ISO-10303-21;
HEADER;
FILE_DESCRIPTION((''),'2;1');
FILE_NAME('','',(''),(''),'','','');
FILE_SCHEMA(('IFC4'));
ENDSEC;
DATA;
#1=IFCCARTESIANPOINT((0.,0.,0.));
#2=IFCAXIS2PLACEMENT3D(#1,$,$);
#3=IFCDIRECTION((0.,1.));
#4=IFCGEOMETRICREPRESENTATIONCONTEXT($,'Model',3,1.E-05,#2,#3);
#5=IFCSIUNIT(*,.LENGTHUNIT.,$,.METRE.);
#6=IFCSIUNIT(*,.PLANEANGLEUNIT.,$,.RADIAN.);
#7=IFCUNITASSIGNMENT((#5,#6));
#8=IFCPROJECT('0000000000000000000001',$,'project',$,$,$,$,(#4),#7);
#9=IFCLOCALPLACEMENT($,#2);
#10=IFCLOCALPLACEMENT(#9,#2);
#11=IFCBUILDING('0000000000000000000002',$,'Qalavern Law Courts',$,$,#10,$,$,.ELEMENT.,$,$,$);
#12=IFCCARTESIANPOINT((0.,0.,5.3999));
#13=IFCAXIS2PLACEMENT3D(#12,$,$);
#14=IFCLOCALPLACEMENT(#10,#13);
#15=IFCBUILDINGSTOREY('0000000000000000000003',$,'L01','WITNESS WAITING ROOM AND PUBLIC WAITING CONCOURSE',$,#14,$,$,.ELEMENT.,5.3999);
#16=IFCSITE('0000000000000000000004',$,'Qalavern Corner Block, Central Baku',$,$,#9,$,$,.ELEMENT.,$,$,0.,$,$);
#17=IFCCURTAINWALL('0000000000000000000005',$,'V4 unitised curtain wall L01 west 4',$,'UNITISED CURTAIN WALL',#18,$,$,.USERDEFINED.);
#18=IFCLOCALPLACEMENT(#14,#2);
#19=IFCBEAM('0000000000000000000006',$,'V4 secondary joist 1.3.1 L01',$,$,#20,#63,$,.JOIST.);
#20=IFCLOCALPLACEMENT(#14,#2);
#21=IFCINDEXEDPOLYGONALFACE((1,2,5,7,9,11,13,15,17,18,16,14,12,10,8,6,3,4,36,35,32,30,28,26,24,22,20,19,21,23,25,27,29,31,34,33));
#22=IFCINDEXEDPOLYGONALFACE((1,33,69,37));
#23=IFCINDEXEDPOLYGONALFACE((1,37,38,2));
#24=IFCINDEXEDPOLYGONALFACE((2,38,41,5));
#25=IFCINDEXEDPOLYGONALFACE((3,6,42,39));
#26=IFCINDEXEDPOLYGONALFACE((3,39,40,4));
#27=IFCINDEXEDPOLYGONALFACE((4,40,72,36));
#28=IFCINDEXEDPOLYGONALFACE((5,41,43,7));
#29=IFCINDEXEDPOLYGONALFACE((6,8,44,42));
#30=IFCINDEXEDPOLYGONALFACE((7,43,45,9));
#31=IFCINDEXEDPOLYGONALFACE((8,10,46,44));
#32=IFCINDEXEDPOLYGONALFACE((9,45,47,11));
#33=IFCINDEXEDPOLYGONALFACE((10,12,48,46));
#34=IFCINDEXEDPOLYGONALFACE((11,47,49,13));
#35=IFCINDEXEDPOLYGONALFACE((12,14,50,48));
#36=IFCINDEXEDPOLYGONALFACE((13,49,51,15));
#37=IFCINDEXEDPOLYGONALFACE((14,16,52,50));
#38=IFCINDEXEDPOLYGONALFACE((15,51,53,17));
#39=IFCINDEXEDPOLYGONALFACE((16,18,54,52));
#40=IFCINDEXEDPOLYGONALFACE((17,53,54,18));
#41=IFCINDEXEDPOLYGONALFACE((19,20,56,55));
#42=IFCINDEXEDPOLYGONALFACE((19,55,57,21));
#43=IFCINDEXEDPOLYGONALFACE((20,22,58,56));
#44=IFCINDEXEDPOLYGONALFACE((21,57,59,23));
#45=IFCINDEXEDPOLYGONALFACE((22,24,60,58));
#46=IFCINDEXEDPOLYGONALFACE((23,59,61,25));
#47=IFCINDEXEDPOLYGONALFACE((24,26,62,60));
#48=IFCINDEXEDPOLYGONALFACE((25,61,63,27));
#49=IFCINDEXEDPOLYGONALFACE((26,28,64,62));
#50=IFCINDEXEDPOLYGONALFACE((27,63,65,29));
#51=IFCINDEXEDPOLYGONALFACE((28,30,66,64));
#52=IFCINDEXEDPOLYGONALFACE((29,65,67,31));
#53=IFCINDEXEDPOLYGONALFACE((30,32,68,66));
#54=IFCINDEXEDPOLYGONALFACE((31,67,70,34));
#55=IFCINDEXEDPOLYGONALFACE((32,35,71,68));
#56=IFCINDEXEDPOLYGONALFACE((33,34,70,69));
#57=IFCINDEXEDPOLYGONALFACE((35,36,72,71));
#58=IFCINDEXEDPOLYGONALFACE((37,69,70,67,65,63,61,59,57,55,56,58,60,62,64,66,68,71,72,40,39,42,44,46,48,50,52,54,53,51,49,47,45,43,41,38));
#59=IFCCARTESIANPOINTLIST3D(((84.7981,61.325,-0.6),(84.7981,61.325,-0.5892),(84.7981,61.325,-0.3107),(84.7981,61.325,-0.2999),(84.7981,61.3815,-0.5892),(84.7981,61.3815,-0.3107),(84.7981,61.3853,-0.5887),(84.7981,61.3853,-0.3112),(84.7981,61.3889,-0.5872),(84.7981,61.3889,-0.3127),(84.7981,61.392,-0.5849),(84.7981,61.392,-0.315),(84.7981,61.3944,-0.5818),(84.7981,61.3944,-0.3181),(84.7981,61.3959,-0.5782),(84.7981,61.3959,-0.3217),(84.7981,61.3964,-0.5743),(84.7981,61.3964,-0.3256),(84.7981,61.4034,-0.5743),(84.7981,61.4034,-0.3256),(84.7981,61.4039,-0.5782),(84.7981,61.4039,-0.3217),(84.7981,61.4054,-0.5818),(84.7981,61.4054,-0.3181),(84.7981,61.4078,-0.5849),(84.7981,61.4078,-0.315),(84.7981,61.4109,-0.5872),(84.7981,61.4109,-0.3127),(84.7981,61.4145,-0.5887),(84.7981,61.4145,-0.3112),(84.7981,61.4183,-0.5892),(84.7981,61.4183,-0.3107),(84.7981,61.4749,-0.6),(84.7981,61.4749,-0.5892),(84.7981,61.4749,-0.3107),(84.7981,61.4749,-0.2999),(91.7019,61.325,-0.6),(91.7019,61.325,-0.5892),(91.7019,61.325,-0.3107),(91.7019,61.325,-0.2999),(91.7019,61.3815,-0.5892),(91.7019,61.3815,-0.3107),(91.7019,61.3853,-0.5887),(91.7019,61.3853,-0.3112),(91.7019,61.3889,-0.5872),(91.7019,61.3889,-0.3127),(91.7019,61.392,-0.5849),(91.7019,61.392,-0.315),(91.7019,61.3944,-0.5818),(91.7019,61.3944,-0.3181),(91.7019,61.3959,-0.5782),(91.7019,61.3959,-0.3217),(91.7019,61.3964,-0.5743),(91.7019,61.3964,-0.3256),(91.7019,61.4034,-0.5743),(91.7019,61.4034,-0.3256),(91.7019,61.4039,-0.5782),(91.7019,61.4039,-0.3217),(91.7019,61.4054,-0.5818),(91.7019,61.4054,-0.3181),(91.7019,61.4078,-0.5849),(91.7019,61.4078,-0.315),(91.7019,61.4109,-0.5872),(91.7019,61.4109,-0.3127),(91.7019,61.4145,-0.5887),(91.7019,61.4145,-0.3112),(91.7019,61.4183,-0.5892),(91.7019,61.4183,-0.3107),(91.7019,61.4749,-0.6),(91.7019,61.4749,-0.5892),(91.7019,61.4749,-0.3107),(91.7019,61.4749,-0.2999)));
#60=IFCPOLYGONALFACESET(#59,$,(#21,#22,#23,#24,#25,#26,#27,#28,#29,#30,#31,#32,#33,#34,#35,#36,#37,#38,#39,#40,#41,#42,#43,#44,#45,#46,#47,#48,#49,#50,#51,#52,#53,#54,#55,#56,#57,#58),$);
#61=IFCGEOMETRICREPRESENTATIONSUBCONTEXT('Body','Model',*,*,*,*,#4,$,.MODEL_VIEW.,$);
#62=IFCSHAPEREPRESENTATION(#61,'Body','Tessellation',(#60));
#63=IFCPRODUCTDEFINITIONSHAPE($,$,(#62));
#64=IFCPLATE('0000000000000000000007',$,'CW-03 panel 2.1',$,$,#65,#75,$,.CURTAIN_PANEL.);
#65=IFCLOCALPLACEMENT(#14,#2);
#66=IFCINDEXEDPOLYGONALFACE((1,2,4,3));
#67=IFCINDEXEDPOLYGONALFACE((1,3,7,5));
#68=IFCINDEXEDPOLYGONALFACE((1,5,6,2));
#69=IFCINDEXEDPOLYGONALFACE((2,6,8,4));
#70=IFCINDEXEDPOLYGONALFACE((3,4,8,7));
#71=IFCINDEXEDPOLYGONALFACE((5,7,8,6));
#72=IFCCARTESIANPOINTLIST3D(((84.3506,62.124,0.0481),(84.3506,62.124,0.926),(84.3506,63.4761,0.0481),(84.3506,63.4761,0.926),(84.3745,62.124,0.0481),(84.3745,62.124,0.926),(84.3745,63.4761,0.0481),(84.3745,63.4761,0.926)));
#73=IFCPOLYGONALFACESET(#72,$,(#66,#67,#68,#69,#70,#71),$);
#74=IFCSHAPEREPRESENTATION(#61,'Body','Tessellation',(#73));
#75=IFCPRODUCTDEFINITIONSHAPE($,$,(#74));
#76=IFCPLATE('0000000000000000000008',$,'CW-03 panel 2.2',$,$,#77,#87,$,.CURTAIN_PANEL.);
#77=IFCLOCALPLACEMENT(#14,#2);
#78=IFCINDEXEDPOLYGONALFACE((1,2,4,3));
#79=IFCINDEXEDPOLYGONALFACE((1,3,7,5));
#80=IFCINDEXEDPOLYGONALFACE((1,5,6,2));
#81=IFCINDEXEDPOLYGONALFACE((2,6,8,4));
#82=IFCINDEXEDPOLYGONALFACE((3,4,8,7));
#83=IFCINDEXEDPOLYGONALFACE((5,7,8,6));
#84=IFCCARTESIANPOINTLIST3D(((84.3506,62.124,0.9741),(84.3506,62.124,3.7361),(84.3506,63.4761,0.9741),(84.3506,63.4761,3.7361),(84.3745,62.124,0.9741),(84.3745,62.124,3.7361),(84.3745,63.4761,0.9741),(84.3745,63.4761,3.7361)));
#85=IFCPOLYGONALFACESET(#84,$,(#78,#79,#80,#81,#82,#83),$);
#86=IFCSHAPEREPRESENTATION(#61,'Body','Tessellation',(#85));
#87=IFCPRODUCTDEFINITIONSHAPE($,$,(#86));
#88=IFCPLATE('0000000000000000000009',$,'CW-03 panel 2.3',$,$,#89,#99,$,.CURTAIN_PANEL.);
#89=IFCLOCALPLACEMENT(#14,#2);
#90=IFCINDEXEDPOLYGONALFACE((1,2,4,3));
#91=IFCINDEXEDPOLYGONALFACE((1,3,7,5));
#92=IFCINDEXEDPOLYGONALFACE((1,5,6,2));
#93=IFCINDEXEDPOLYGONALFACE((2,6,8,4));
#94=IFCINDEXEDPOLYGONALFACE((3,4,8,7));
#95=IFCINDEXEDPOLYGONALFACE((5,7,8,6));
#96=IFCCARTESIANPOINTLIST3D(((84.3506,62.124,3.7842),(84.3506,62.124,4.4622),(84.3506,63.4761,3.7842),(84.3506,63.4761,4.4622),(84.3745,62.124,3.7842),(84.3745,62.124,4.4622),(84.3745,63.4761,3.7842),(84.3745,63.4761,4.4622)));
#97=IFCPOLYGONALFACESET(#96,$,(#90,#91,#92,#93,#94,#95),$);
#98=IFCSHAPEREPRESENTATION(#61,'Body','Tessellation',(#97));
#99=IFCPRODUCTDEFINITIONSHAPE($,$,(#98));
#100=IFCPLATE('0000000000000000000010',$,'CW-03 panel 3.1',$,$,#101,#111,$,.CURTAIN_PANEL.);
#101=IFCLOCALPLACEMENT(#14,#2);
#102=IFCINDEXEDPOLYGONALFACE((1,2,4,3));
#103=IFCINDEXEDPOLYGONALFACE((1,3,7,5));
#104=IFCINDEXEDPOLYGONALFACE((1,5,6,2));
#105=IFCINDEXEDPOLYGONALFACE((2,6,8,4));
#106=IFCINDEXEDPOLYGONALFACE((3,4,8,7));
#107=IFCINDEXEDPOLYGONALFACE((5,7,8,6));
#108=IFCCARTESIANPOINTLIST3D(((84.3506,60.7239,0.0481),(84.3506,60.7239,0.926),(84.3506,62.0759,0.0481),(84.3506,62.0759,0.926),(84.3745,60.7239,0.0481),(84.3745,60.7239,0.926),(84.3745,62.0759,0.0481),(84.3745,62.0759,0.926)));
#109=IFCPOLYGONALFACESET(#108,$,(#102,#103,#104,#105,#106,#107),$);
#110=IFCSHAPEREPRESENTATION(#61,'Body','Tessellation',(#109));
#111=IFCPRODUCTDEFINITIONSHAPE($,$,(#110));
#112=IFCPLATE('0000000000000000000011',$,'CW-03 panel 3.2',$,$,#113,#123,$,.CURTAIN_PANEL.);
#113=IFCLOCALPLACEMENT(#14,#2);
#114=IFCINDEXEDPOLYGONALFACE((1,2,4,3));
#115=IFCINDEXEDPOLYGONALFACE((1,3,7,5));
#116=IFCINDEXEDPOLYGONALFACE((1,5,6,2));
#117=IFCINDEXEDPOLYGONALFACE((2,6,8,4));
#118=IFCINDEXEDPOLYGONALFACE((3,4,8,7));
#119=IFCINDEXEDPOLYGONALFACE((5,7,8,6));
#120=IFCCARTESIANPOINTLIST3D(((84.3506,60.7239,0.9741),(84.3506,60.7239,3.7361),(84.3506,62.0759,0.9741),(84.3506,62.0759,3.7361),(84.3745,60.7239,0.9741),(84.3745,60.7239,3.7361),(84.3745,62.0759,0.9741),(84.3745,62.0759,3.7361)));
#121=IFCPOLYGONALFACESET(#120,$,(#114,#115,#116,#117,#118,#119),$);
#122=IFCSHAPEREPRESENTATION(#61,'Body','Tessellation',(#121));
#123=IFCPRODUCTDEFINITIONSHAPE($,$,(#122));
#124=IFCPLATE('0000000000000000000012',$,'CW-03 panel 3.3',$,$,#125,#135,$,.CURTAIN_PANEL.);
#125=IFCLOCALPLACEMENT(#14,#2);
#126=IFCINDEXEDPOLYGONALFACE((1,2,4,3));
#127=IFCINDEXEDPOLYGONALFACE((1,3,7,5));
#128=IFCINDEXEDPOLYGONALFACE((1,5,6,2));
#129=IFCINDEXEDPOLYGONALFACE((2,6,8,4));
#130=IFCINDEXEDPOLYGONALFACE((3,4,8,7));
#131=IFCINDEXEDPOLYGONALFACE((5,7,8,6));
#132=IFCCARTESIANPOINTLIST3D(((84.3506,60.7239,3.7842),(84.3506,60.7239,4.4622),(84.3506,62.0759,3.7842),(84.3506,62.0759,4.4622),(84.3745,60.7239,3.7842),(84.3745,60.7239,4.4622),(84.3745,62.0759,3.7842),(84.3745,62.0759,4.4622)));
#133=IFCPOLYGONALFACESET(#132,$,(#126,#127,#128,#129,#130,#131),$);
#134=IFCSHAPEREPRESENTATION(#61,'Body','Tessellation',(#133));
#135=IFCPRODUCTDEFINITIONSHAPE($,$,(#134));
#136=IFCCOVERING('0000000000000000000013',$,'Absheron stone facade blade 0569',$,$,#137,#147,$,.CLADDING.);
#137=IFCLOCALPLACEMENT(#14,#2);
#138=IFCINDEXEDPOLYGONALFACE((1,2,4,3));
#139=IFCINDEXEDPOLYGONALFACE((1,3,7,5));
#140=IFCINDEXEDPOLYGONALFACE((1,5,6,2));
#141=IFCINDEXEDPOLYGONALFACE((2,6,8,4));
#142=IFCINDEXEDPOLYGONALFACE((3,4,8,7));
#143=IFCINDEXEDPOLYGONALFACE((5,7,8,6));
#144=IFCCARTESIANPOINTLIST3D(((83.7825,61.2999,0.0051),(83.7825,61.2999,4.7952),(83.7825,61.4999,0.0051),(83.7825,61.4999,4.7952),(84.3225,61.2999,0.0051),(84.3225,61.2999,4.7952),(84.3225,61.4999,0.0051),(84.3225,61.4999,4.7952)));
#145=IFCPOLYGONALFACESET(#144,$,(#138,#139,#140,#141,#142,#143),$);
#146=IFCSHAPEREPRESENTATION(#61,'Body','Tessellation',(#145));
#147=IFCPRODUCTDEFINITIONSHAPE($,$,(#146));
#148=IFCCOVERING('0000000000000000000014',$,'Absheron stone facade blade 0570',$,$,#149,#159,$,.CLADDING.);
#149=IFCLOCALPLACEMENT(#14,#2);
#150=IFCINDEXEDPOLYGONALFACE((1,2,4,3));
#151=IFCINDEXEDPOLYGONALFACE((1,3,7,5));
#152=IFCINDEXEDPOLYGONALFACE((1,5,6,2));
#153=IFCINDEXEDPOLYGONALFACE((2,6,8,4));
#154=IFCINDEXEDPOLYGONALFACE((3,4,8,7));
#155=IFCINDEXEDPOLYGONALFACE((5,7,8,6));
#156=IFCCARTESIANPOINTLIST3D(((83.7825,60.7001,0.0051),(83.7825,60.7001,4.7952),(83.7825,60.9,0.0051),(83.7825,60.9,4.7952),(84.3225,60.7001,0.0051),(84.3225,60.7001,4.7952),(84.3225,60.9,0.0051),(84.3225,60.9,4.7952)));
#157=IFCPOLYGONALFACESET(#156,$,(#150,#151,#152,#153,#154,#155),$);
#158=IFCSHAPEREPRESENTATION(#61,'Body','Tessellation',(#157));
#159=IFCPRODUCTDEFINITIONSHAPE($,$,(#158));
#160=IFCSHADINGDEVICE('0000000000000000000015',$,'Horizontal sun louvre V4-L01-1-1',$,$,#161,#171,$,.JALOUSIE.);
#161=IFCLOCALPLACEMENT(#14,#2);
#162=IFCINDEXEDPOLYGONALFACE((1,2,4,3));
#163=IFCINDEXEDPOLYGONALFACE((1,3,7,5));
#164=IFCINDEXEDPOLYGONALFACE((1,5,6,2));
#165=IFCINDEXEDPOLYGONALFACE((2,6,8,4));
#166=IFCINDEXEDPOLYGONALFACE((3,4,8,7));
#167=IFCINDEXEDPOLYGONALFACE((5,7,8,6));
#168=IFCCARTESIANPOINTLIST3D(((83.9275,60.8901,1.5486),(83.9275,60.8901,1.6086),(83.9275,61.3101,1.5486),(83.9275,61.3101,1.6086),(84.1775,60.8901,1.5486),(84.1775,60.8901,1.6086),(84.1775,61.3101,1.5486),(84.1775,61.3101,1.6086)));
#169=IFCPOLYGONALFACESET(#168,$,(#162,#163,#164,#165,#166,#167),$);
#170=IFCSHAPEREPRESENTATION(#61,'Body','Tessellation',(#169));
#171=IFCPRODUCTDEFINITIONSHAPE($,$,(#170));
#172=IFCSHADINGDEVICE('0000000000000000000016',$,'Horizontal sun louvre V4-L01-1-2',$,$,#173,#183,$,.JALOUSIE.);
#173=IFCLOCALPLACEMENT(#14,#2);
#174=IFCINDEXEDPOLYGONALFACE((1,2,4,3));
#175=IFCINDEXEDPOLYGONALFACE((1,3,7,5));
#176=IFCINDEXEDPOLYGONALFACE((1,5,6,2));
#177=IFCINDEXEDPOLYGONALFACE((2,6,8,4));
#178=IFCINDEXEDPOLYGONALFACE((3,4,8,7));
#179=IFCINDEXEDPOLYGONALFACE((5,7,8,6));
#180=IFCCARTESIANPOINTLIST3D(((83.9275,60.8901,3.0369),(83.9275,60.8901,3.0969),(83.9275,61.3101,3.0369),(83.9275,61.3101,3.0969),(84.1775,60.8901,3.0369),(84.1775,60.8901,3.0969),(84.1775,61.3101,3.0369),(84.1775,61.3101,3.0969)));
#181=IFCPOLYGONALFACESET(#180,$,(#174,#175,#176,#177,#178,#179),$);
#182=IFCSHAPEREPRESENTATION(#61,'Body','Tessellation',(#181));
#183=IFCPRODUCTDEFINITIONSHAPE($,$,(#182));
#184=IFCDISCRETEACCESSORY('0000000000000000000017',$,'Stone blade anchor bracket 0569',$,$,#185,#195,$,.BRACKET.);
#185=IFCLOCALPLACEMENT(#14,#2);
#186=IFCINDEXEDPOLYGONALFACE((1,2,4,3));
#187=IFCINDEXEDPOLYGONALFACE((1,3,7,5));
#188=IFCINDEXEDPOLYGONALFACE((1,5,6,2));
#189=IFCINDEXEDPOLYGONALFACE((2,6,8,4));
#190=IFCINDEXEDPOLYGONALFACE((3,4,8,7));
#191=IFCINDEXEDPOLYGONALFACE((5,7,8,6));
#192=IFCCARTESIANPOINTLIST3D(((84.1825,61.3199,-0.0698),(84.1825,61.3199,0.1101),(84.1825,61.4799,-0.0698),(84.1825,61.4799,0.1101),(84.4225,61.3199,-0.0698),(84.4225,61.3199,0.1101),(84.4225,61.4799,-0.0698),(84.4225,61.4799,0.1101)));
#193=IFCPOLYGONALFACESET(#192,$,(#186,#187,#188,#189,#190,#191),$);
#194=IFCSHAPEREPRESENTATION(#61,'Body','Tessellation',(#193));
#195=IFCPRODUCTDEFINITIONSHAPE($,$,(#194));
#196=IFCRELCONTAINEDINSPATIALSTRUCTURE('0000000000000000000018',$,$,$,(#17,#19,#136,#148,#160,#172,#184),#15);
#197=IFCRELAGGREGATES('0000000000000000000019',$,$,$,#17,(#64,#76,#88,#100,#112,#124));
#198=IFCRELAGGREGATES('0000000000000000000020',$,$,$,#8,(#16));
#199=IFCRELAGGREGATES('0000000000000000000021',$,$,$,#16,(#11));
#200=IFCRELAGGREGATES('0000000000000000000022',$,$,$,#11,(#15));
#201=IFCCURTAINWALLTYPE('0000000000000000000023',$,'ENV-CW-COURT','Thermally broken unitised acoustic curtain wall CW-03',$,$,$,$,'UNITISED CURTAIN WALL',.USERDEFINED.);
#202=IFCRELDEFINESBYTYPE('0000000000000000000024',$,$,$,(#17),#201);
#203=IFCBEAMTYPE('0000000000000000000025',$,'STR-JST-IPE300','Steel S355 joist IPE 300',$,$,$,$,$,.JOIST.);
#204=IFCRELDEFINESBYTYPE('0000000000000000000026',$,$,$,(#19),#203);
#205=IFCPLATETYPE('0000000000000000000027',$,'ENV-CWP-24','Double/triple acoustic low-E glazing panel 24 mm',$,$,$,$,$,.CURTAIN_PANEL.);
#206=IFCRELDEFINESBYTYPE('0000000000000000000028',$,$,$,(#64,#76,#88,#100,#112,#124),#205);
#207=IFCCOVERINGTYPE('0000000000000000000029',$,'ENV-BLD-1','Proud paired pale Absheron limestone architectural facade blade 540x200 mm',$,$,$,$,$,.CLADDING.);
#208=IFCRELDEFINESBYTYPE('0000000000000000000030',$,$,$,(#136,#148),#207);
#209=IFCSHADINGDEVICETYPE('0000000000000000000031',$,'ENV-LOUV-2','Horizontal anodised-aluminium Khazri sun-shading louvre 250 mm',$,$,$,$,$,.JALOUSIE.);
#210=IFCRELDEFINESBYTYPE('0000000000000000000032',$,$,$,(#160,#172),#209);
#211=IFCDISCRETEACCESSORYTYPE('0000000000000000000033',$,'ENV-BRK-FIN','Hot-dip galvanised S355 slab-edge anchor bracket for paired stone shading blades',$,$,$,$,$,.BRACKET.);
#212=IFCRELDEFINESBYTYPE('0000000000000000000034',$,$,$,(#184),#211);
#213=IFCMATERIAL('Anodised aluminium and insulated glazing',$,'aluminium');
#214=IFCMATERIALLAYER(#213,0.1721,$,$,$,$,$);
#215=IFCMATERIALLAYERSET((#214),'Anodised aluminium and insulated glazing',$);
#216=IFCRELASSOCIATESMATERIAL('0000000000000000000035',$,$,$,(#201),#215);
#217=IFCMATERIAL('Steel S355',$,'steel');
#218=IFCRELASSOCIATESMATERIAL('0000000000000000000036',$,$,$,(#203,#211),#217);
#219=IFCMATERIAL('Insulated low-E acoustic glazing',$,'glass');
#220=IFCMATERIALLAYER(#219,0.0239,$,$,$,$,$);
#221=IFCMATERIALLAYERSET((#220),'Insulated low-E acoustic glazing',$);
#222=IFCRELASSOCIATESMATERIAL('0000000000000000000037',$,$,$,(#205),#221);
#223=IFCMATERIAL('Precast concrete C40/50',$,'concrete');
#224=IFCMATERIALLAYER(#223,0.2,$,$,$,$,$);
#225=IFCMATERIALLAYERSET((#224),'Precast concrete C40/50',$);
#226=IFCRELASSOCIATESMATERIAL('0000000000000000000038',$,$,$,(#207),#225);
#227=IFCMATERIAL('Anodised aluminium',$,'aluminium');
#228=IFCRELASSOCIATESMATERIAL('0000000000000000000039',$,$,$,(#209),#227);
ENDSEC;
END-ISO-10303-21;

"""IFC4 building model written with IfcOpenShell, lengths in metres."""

from ifc_helpers import new_model, si_unit, direction, frame, origin, origin_2d, place, context, subcontext, project, spatial, rectangle, i_section, extrude, material, layer, layer_set, material_profile, profile_set, type_object, element, aggregate, save


model = new_model("IFC4")

# Units and contexts
model_context = context("Model", 3, precision=1e-05, world=origin(), true_north=direction((0.0, 1.0)))
body_context = subcontext(model_context, "Body", "Model", "MODEL_VIEW")
ifc_project = project(units=[si_unit("LENGTHUNIT", "METRE"), si_unit("PLANEANGLEUNIT", "RADIAN")], contexts=[model_context])

# Site, building, storey
site_placement = place(None, origin())
site = spatial("IfcSite", under=ifc_project, at=site_placement, Name="Qalavern Corner Block, Central Baku", CompositionType="ELEMENT", RefElevation=0.0)
building_placement = place(site_placement, origin())
building = spatial("IfcBuilding", under=site, at=building_placement, Name="Qalavern Law Courts", CompositionType="ELEMENT")
storey_placement = place(building_placement, frame((0.0, 0.0, 5.3999)))
storey = spatial("IfcBuildingStorey", under=building, at=storey_placement, Name="L01", Description="WITNESS WAITING ROOM AND PUBLIC WAITING CONCOURSE", CompositionType="ELEMENT", Elevation=5.3999)

# Curtain wall
ifc_material_1 = material(Name="Anodised aluminium and insulated glazing", Category="aluminium")
ifc_layer_1 = layer(ifc_material_1, 0.1721)
ifc_layer_set_1 = layer_set([ifc_layer_1], Name="Anodised aluminium and insulated glazing")
curtain_wall_type = type_object("IfcCurtainWallType", Name="ENV-CW-COURT", Description="Thermally broken unitised acoustic curtain wall CW-03", ElementType="UNITISED CURTAIN WALL", PredefinedType="USERDEFINED", material=ifc_layer_set_1)
curtain_wall_placement = place(storey_placement, origin())
curtain_wall = element("IfcCurtainWall", 1, at=curtain_wall_placement, inside=storey, type_object=curtain_wall_type, Name="V4 unitised curtain wall L01 west 4", ObjectType="UNITISED CURTAIN WALL", PredefinedType="USERDEFINED")
ifc_material_2 = material(Name="Anodised aluminium", Category="aluminium")

# Beam
ifc_material_3 = material(Name="Steel S355", Category="steel")
ifc_material_profile_1 = material_profile(ifc_material_3, i_section(OverallWidth=0.1499, OverallDepth=0.3, WebThickness=0.0071, FlangeThickness=0.0107, FilletRadius=0.0149, at=origin_2d()), Name="IPE 300")
ifc_profile_set_1 = profile_set([ifc_material_profile_1], Name="Steel S355")
beam_type = type_object("IfcBeamType", Name="STR-JST-IPE300", Description="Steel S355 joist IPE 300", PredefinedType="JOIST", material=ifc_profile_set_1)
beam_placement = place(storey_placement, frame((84.7981, 61.3999, -0.45), z_axis=(1.0, 0.0, 0.0), x_axis=(0.0, 1.0, 0.0)))
element("IfcBeam", 2, at=beam_placement, inside=storey, type_object=beam_type, Name="V4 secondary joist 1.3.1 L01", PredefinedType="JOIST", context=body_context, shape_type="SweptSolid", body=[
    extrude(i_section(OverallWidth=0.1499, OverallDepth=0.3, WebThickness=0.0071, FlangeThickness=0.0107, FilletRadius=0.0149, at=origin_2d()), origin(), (0.0, 0.0, 1.0), 6.9038),
])

# Plates
ifc_material_4 = material(Name="Insulated low-E acoustic glazing", Category="glass")
ifc_layer_2 = layer(ifc_material_4, 0.0239)
ifc_layer_set_2 = layer_set([ifc_layer_2], Name="Insulated low-E acoustic glazing")
plate_type = type_object("IfcPlateType", Name="ENV-CWP-24", Description="Double/triple acoustic low-E glazing panel 24 mm", PredefinedType="CURTAIN_PANEL", material=ifc_layer_set_2)
plate_1_placement = place(storey_placement, frame((84.3625, 62.8, 0.0481), z_axis=(0.0, 0.0, 1.0), x_axis=(0.0, -1.0, 0.0)))
plate_1 = element("IfcPlate", 3, at=plate_1_placement, type_object=plate_type, Name="CW-03 panel 2.1", PredefinedType="CURTAIN_PANEL", context=body_context, shape_type="SweptSolid", body=[
    extrude(rectangle(XDim=1.3521, YDim=0.0239, at=origin_2d()), origin(), (0.0, 0.0, 1.0), 0.8779),
])
plate_2_placement = place(storey_placement, frame((84.3625, 62.8, 0.9741), z_axis=(0.0, 0.0, 1.0), x_axis=(0.0, -1.0, 0.0)))
plate_2 = element("IfcPlate", 4, at=plate_2_placement, type_object=plate_type, Name="CW-03 panel 2.2", PredefinedType="CURTAIN_PANEL", context=body_context, shape_type="SweptSolid", body=[
    extrude(rectangle(XDim=1.3521, YDim=0.0239, at=origin_2d()), origin(), (0.0, 0.0, 1.0), 2.762),
])
plate_3_placement = place(storey_placement, frame((84.3625, 62.8, 3.7842), z_axis=(0.0, 0.0, 1.0), x_axis=(0.0, -1.0, 0.0)))
plate_3 = element("IfcPlate", 5, at=plate_3_placement, type_object=plate_type, Name="CW-03 panel 2.3", PredefinedType="CURTAIN_PANEL", context=body_context, shape_type="SweptSolid", body=[
    extrude(rectangle(XDim=1.3521, YDim=0.0239, at=origin_2d()), origin(), (0.0, 0.0, 1.0), 0.678),
])
plate_4_placement = place(storey_placement, frame((84.3625, 61.3999, 0.0481), z_axis=(0.0, 0.0, 1.0), x_axis=(0.0, -1.0, 0.0)))
plate_4 = element("IfcPlate", 6, at=plate_4_placement, type_object=plate_type, Name="CW-03 panel 3.1", PredefinedType="CURTAIN_PANEL", context=body_context, shape_type="SweptSolid", body=[
    extrude(rectangle(XDim=1.3521, YDim=0.0239, at=origin_2d()), origin(), (0.0, 0.0, 1.0), 0.8779),
])
plate_5_placement = place(storey_placement, frame((84.3625, 61.3999, 0.9741), z_axis=(0.0, 0.0, 1.0), x_axis=(0.0, -1.0, 0.0)))
plate_5 = element("IfcPlate", 7, at=plate_5_placement, type_object=plate_type, Name="CW-03 panel 3.2", PredefinedType="CURTAIN_PANEL", context=body_context, shape_type="SweptSolid", body=[
    extrude(rectangle(XDim=1.3521, YDim=0.0239, at=origin_2d()), origin(), (0.0, 0.0, 1.0), 2.762),
])
plate_6_placement = place(storey_placement, frame((84.3625, 61.3999, 3.7842), z_axis=(0.0, 0.0, 1.0), x_axis=(0.0, -1.0, 0.0)))
plate_6 = element("IfcPlate", 8, at=plate_6_placement, type_object=plate_type, Name="CW-03 panel 3.3", PredefinedType="CURTAIN_PANEL", context=body_context, shape_type="SweptSolid", body=[
    extrude(rectangle(XDim=1.3521, YDim=0.0239, at=origin_2d()), origin(), (0.0, 0.0, 1.0), 0.678),
])
aggregate(curtain_wall, [plate_1, plate_2, plate_3, plate_4, plate_5, plate_6])

# Coverings
ifc_material_5 = material(Name="Precast concrete C40/50", Category="concrete")
ifc_layer_3 = layer(ifc_material_5, 0.2)
ifc_layer_set_3 = layer_set([ifc_layer_3], Name="Precast concrete C40/50")
covering_type = type_object("IfcCoveringType", Name="ENV-BLD-1", Description="Proud paired pale Absheron limestone architectural facade blade 540x200 mm", PredefinedType="CLADDING", material=ifc_layer_set_3)
for number, where, z_axis, x_axis, name in (
    (9, (84.0525, 61.3999, 0.0051), (0.0, 0.0, 1.0), (-1.0, 0.0, 0.0), "Absheron stone facade blade 0569"),
    (10, (84.0525, 60.8, 0.0051), (0.0, 0.0, 1.0), (-1.0, 0.0, 0.0), "Absheron stone facade blade 0570"),
):
    element("IfcCovering", number, at=place(storey_placement, frame(where, z_axis=z_axis, x_axis=x_axis)), inside=storey, type_object=covering_type, Name=name, PredefinedType="CLADDING", context=body_context, shape_type="SweptSolid", body=[
        extrude(rectangle(XDim=0.54, YDim=0.2, at=origin_2d()), origin(), (0.0, 0.0, 1.0), 4.79),
    ])

# Shading devices
shading_device_type = type_object("IfcShadingDeviceType", Name="ENV-LOUV-2", Description="Horizontal anodised-aluminium Khazri sun-shading louvre 250 mm", PredefinedType="JALOUSIE", material=ifc_material_2)
for number, where, z_axis, x_axis, name in (
    (11, (84.0525, 61.1001, 1.5486), (0.0, 0.0, 1.0), (0.0, -1.0, 0.0), "Horizontal sun louvre V4-L01-1-1"),
    (12, (84.0525, 61.1001, 3.0369), (0.0, 0.0, 1.0), (0.0, -1.0, 0.0), "Horizontal sun louvre V4-L01-1-2"),
):
    element("IfcShadingDevice", number, at=place(storey_placement, frame(where, z_axis=z_axis, x_axis=x_axis)), inside=storey, type_object=shading_device_type, Name=name, PredefinedType="JALOUSIE", context=body_context, shape_type="SweptSolid", body=[
        extrude(rectangle(XDim=0.4199, YDim=0.25, at=origin_2d()), origin(), (0.0, 0.0, 1.0), 0.0601),
    ])

# Discrete accessory
discrete_accessory_type = type_object("IfcDiscreteAccessoryType", Name="ENV-BRK-FIN", Description="Hot-dip galvanised S355 slab-edge anchor bracket for paired stone shading blades", PredefinedType="BRACKET", material=ifc_material_3)
for number, where, z_axis, x_axis, name in (
    (13, (84.3025, 61.3999, -0.0698), (0.0, 0.0, 1.0), (-1.0, 0.0, 0.0), "Stone blade anchor bracket 0569"),
):
    element("IfcDiscreteAccessory", number, at=place(storey_placement, frame(where, z_axis=z_axis, x_axis=x_axis)), inside=storey, type_object=discrete_accessory_type, Name=name, PredefinedType="BRACKET", context=body_context, shape_type="SweptSolid", body=[
        extrude(rectangle(XDim=0.24, YDim=0.1599, at=origin_2d()), origin(), (0.0, 0.0, 1.0), 0.1799),
    ])

save(model, "model.ifc")
